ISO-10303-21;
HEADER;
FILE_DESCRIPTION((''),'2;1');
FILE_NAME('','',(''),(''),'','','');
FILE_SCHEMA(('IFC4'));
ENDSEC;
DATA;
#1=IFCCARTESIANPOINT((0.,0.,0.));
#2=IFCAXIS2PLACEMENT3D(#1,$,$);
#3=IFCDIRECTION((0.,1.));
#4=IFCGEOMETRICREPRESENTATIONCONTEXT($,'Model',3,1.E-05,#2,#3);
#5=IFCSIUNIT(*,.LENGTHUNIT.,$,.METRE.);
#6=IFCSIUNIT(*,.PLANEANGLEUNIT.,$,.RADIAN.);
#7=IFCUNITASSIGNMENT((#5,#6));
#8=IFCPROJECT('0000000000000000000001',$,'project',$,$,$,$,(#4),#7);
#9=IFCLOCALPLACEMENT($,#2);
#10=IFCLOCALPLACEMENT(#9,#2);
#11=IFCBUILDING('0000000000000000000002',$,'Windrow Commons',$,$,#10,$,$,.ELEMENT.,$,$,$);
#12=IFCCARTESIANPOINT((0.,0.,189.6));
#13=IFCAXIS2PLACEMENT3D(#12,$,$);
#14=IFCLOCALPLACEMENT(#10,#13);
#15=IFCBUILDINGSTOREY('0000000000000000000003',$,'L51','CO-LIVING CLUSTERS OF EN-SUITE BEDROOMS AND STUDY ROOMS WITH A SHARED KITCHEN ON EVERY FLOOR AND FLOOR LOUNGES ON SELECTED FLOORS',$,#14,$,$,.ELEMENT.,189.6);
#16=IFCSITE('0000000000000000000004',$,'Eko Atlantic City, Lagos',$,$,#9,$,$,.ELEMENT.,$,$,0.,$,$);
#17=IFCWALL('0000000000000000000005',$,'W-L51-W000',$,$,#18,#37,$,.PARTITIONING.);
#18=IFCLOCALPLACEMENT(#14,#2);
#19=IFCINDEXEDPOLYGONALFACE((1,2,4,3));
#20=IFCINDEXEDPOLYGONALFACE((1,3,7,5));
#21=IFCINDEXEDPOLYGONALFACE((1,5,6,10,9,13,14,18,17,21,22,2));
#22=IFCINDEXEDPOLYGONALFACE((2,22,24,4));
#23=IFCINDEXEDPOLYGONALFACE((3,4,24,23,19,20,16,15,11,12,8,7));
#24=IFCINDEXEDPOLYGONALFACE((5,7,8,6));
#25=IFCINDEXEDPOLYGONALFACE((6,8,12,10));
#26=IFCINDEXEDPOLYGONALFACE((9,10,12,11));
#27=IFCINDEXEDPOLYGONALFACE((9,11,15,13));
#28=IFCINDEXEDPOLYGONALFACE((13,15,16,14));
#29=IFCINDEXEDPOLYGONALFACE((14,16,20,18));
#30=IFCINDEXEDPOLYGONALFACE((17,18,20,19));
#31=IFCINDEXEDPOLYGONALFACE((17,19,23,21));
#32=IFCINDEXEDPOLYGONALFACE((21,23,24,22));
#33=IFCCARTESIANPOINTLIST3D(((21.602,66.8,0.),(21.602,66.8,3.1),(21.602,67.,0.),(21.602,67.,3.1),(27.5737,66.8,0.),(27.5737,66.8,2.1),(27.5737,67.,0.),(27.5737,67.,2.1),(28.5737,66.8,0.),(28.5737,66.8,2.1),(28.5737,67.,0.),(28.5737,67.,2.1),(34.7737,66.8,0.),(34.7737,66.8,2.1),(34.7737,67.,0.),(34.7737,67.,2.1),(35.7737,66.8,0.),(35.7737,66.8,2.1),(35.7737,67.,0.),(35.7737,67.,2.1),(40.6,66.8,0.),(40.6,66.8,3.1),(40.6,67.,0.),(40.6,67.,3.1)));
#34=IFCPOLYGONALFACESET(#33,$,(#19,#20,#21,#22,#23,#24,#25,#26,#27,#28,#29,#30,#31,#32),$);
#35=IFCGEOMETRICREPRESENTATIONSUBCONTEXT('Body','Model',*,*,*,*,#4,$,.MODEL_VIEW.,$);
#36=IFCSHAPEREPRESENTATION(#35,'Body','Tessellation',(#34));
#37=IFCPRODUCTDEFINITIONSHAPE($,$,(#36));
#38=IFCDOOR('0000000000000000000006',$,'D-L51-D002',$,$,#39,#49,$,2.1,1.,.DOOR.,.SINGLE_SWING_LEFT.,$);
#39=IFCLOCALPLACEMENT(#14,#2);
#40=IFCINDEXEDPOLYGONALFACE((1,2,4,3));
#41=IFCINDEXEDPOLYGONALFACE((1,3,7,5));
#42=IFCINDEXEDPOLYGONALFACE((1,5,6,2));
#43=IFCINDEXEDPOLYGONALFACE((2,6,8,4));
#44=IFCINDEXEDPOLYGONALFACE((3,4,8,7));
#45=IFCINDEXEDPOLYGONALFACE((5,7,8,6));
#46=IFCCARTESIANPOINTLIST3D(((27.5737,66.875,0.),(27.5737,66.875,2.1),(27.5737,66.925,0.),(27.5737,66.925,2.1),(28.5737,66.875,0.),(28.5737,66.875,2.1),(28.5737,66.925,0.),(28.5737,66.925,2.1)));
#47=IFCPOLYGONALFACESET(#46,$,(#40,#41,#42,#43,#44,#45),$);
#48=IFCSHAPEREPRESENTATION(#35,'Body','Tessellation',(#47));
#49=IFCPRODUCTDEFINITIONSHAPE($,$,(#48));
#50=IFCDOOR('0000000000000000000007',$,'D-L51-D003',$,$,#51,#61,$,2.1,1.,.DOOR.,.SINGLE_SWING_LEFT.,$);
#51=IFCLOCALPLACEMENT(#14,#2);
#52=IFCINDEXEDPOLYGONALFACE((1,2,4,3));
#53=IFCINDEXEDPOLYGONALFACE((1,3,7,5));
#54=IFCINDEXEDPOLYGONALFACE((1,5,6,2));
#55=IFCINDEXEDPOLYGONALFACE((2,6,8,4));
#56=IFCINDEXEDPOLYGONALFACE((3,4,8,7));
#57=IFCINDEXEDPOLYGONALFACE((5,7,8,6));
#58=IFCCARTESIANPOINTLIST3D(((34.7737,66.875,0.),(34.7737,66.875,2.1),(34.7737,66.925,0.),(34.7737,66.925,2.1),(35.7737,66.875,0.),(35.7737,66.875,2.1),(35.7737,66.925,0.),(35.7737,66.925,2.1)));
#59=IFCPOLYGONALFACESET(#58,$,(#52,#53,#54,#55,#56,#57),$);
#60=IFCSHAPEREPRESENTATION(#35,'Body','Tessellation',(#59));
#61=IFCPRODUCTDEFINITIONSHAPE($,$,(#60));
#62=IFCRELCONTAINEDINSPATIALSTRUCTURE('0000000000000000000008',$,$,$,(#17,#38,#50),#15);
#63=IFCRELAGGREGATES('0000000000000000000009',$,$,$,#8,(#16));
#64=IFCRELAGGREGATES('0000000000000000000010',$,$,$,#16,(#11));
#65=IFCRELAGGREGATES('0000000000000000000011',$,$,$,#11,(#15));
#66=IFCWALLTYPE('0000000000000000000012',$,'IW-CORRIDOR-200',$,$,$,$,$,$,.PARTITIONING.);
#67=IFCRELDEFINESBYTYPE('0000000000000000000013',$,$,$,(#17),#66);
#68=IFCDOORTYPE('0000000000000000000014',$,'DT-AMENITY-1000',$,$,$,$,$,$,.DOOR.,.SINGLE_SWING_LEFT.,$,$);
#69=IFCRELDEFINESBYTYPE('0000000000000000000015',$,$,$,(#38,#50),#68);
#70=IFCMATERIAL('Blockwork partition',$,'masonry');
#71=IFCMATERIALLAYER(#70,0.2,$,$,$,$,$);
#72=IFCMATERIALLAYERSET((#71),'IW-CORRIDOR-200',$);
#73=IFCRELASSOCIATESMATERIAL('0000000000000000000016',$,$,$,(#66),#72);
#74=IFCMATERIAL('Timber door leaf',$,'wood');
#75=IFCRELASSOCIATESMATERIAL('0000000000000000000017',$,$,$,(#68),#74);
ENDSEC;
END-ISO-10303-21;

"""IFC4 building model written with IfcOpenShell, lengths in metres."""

from ifc_helpers import new_model, si_unit, direction, frame, frame_2d, origin, place, context, subcontext, project, spatial, rectangle, extrude, material, layer, layer_set, type_object, element, fill, save


model = new_model("IFC4")

# Units and contexts
model_context = context("Model", 3, precision=1e-05, world=origin(), true_north=direction((0.0, 1.0)))
body_context = subcontext(model_context, "Body", "Model", "MODEL_VIEW")
ifc_project = project(units=[si_unit("LENGTHUNIT", "METRE"), si_unit("PLANEANGLEUNIT", "RADIAN")], contexts=[model_context])

# Site, building, storey
site_placement = place(None, origin())
site = spatial("IfcSite", under=ifc_project, at=site_placement, Name="Eko Atlantic City, Lagos", CompositionType="ELEMENT", RefElevation=0.0)
building_placement = place(site_placement, origin())
building = spatial("IfcBuilding", under=site, at=building_placement, Name="Windrow Commons", CompositionType="ELEMENT")
storey_placement = place(building_placement, frame((0.0, 0.0, 189.6)))
storey = spatial("IfcBuildingStorey", under=building, at=storey_placement, Name="L51", Description="CO-LIVING CLUSTERS OF EN-SUITE BEDROOMS AND STUDY ROOMS WITH A SHARED KITCHEN ON EVERY FLOOR AND FLOOR LOUNGES ON SELECTED FLOORS", CompositionType="ELEMENT", Elevation=189.6)

# Wall, openings, doors
ifc_material_1 = material(Name="Blockwork partition", Category="masonry")
ifc_layer_1 = layer(ifc_material_1, 0.2)
ifc_layer_set_1 = layer_set([ifc_layer_1], Name="IW-CORRIDOR-200")
wall_type_1 = type_object("IfcWallType", Name="IW-CORRIDOR-200", PredefinedType="PARTITIONING", material=ifc_layer_set_1)
wall_1_placement = place(storey_placement, frame((21.602, 66.9, 0.0), z_axis=(0.0, 0.0, 1.0), x_axis=(1.0, 0.0, 0.0)))
wall_1 = element("IfcWall", 1, at=wall_1_placement, inside=storey, type_object=wall_type_1, Name="W-L51-W000", PredefinedType="PARTITIONING", context=body_context, shape_type="SweptSolid", body=[
    extrude(rectangle(XDim=18.998, YDim=0.2, at=frame_2d((9.499, 0.0))), origin(), (0.0, 0.0, 1.0), 3.1),
])
opening_1_placement = place(wall_1_placement, frame((5.9717, 0.0, 0.0)))
opening_1 = element("IfcOpeningElement", 2, at=opening_1_placement, cuts=wall_1, PredefinedType="OPENING", context=body_context, shape_type="SweptSolid", body=[
    extrude(rectangle(XDim=1.0, YDim=2.1, at=frame_2d((0.5, 1.05))), frame((0.0, 0.11, 0.0), z_axis=(0.0, -1.0, 0.0), x_axis=(1.0, 0.0, 0.0)), (0.0, 0.0, 1.0), 0.22),
])
opening_2_placement = place(wall_1_placement, frame((13.1717, 0.0, 0.0)))
opening_2 = element("IfcOpeningElement", 3, at=opening_2_placement, cuts=wall_1, PredefinedType="OPENING", context=body_context, shape_type="SweptSolid", body=[
    extrude(rectangle(XDim=1.0, YDim=2.1, at=frame_2d((0.5, 1.05))), frame((0.0, 0.11, 0.0), z_axis=(0.0, -1.0, 0.0), x_axis=(1.0, 0.0, 0.0)), (0.0, 0.0, 1.0), 0.22),
])
ifc_material_2 = material(Name="Timber door leaf", Category="wood")
door_type = type_object("IfcDoorType", Name="DT-AMENITY-1000", OperationType="SINGLE_SWING_LEFT", PredefinedType="DOOR", material=ifc_material_2)
door_1_placement = place(opening_1_placement, origin())
door_1 = element("IfcDoor", 4, at=door_1_placement, inside=storey, type_object=door_type, Name="D-L51-D002", OperationType="SINGLE_SWING_LEFT", OverallHeight=2.1, OverallWidth=1.0, PredefinedType="DOOR", context=body_context, shape_type="SweptSolid", body=[
    extrude(rectangle(XDim=1.0, YDim=2.1, at=frame_2d((0.5, 1.05))), frame((0.0, 0.025, 0.0), z_axis=(0.0, -1.0, 0.0), x_axis=(1.0, 0.0, 0.0)), (0.0, 0.0, 1.0), 0.05),
])
fill(opening_1, door_1)
door_2_placement = place(opening_2_placement, origin())
door_2 = element("IfcDoor", 5, at=door_2_placement, inside=storey, type_object=door_type, Name="D-L51-D003", OperationType="SINGLE_SWING_LEFT", OverallHeight=2.1, OverallWidth=1.0, PredefinedType="DOOR", context=body_context, shape_type="SweptSolid", body=[
    extrude(rectangle(XDim=1.0, YDim=2.1, at=frame_2d((0.5, 1.05))), frame((0.0, 0.025, 0.0), z_axis=(0.0, -1.0, 0.0), x_axis=(1.0, 0.0, 0.0)), (0.0, 0.0, 1.0), 0.05),
])
fill(opening_2, door_2)

save(model, "model.ifc")
